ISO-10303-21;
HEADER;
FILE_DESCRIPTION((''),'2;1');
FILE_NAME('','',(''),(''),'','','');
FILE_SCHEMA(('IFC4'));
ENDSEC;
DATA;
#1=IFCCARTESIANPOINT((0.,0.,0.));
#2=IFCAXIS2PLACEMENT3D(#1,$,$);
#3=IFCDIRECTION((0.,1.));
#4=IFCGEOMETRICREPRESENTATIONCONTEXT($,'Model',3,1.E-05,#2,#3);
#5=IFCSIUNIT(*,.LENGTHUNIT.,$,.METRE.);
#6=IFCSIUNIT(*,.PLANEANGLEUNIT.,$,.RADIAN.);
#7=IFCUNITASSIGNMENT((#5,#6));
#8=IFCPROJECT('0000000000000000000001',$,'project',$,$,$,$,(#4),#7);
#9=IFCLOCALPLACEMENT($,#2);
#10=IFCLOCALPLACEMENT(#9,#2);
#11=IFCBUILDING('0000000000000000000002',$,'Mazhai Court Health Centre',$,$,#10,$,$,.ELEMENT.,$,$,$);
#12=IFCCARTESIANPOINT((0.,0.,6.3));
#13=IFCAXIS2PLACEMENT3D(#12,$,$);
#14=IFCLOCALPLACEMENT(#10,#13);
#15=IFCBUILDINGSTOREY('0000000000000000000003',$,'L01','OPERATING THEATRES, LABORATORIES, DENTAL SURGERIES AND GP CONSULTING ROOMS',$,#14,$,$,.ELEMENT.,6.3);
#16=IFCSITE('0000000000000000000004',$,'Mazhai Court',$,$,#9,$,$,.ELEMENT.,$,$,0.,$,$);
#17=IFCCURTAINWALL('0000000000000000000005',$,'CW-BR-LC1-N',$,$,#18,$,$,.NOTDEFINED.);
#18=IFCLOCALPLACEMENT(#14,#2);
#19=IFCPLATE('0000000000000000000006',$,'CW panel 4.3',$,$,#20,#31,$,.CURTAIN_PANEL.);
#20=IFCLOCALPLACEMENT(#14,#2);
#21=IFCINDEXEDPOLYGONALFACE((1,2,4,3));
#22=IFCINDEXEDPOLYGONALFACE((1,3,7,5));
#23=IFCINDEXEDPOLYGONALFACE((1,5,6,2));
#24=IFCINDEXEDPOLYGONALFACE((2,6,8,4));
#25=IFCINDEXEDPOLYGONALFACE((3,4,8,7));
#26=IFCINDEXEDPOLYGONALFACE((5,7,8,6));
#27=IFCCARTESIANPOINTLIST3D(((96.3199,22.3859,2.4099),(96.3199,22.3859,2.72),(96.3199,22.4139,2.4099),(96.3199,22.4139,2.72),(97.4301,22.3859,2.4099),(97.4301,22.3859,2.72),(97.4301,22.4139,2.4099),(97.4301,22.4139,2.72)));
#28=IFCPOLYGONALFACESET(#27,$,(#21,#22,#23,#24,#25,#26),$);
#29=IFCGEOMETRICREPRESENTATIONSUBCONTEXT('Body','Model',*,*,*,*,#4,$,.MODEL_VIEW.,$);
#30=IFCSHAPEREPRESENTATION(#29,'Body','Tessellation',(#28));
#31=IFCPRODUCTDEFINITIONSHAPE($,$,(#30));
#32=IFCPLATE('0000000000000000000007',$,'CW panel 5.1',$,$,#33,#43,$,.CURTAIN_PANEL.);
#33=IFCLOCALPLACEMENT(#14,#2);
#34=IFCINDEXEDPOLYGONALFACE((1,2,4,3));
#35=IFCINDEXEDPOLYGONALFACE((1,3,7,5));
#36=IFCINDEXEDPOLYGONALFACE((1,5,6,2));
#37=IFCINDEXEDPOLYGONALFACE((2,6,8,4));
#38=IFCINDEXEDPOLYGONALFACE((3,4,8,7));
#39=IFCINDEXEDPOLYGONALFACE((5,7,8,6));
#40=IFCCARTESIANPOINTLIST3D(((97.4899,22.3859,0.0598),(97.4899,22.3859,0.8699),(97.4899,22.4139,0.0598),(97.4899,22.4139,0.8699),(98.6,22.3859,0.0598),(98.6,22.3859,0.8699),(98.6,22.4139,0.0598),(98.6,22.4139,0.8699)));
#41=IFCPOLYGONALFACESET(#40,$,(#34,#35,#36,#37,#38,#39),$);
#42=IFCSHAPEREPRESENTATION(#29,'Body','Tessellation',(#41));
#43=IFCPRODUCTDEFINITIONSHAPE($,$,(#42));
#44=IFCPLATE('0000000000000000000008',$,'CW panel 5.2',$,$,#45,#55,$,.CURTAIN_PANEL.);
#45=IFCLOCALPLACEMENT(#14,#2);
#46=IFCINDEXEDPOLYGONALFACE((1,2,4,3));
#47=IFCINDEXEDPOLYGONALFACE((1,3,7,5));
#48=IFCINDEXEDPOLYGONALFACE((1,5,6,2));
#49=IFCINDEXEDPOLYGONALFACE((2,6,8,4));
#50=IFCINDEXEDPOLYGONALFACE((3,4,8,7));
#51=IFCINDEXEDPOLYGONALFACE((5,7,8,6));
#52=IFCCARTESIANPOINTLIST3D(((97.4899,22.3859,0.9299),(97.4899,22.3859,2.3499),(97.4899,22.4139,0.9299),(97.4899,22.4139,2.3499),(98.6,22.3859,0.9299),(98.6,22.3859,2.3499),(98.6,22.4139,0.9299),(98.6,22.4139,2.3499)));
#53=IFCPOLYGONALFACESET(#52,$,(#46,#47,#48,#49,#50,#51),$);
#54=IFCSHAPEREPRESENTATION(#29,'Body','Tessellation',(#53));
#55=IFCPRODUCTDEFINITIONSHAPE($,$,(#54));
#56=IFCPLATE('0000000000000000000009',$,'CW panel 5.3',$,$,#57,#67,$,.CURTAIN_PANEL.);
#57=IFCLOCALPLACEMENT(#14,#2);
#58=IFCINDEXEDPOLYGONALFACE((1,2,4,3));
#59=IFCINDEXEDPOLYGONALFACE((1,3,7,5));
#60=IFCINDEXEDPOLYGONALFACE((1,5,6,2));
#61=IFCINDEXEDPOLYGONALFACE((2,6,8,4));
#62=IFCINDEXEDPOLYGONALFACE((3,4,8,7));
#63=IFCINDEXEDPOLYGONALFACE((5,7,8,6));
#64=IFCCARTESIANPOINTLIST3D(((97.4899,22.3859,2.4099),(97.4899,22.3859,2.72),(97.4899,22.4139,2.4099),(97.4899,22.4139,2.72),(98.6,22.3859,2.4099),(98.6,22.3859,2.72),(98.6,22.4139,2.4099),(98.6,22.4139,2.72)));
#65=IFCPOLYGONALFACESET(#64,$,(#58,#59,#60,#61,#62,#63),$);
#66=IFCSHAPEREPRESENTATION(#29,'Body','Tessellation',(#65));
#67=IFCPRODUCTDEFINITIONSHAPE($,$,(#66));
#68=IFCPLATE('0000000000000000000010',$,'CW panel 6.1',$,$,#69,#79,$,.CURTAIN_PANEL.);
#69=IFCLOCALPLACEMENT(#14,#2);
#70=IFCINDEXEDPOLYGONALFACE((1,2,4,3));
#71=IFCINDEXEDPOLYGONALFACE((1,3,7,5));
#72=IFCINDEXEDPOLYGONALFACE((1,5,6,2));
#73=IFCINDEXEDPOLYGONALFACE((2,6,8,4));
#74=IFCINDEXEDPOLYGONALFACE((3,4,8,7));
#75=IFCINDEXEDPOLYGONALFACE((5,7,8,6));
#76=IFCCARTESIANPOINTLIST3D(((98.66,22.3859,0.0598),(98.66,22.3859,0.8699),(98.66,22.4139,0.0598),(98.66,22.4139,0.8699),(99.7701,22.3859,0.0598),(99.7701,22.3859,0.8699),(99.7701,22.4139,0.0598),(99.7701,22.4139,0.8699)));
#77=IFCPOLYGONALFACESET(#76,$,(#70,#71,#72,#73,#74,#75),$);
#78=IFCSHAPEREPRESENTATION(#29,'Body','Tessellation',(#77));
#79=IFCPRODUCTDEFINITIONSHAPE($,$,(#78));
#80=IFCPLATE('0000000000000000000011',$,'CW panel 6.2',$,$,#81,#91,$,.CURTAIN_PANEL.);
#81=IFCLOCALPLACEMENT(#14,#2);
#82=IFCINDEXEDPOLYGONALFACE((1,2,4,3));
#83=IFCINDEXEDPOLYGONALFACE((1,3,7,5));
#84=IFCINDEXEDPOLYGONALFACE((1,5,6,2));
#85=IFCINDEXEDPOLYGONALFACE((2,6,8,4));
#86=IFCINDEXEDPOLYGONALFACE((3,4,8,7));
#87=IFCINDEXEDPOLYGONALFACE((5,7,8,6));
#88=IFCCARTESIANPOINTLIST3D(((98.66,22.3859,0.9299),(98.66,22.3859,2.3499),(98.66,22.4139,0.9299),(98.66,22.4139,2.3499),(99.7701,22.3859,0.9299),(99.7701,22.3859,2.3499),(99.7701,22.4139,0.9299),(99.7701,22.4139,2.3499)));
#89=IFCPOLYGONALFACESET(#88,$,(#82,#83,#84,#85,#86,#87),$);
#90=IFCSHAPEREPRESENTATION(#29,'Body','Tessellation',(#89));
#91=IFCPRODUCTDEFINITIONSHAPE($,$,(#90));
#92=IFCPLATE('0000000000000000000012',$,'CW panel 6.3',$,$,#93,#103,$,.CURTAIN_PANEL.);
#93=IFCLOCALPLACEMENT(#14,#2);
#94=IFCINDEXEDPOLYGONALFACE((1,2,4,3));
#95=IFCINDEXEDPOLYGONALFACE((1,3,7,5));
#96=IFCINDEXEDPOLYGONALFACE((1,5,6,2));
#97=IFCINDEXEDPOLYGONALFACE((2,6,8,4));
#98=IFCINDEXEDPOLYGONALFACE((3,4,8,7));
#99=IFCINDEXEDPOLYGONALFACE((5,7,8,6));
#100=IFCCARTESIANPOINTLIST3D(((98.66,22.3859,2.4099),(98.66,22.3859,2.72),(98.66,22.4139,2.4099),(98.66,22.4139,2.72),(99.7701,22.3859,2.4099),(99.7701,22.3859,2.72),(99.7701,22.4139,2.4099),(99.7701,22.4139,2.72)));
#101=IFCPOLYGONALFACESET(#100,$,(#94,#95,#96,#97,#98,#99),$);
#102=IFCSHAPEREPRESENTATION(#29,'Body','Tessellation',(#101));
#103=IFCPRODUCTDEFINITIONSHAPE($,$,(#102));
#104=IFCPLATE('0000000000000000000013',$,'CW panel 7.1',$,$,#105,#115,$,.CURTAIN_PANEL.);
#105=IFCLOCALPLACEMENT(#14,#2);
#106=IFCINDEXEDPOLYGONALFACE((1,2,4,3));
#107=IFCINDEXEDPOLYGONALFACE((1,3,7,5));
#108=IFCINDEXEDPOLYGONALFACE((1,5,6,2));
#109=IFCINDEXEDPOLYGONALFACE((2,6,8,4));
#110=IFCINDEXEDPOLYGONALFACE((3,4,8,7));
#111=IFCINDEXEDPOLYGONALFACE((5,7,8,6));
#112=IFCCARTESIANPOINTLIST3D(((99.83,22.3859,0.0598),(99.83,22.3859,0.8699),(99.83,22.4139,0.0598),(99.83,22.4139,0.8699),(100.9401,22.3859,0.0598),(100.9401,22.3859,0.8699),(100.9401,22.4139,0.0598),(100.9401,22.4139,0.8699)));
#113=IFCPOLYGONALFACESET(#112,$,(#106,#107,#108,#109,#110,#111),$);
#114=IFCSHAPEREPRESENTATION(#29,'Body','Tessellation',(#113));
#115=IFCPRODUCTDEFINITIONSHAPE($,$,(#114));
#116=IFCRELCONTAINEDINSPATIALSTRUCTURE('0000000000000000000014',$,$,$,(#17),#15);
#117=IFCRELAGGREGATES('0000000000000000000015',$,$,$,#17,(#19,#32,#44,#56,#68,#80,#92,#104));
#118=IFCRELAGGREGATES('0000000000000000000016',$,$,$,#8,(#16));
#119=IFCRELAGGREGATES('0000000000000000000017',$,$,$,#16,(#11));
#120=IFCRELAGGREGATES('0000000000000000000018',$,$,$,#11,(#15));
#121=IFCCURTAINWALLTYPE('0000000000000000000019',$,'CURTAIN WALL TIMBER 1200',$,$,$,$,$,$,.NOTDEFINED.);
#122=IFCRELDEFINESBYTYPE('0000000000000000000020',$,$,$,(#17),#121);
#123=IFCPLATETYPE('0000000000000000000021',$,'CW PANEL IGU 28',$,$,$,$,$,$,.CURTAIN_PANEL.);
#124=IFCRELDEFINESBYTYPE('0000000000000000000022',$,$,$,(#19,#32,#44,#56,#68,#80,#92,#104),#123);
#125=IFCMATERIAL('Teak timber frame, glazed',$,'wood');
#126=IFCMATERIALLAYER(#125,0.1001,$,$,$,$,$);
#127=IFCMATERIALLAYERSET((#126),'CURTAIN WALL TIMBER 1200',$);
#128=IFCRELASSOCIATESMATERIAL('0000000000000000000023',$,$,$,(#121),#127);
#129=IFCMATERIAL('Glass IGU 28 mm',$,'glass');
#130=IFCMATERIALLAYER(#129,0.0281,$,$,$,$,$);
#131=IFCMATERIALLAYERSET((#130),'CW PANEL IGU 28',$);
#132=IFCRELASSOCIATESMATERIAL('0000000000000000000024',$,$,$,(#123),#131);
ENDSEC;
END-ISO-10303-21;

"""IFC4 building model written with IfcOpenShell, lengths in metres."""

from ifc_helpers import new_model, si_unit, direction, frame, origin, origin_2d, place, context, subcontext, project, spatial, rectangle, extrude, material, layer, layer_set, type_object, element, aggregate, save


model = new_model("IFC4")

# Units and contexts
model_context = context("Model", 3, precision=1e-05, world=origin(), true_north=direction((0.0, 1.0)))
body_context = subcontext(model_context, "Body", "Model", "MODEL_VIEW")
ifc_project = project(units=[si_unit("LENGTHUNIT", "METRE"), si_unit("PLANEANGLEUNIT", "RADIAN")], contexts=[model_context])

# Site, building, storey
site_placement = place(None, origin())
site = spatial("IfcSite", under=ifc_project, at=site_placement, Name="Mazhai Court", CompositionType="ELEMENT", RefElevation=0.0)
building_placement = place(site_placement, origin())
building = spatial("IfcBuilding", under=site, at=building_placement, Name="Mazhai Court Health Centre", CompositionType="ELEMENT")
storey_placement = place(building_placement, frame((0.0, 0.0, 6.3)))
storey = spatial("IfcBuildingStorey", under=building, at=storey_placement, Name="L01", Description="OPERATING THEATRES, LABORATORIES, DENTAL SURGERIES AND GP CONSULTING ROOMS", CompositionType="ELEMENT", Elevation=6.3)

# Curtain wall, plates
ifc_material_1 = material(Name="Teak timber frame, glazed", Category="wood")
ifc_layer_1 = layer(ifc_material_1, 0.1001)
ifc_layer_set_1 = layer_set([ifc_layer_1], Name="CURTAIN WALL TIMBER 1200")
curtain_wall_type = type_object("IfcCurtainWallType", Name="CURTAIN WALL TIMBER 1200", PredefinedType="NOTDEFINED", material=ifc_layer_set_1)
curtain_wall_placement = place(storey_placement, origin())
curtain_wall = element("IfcCurtainWall", 1, at=curtain_wall_placement, inside=storey, type_object=curtain_wall_type, Name="CW-BR-LC1-N", PredefinedType="NOTDEFINED")
ifc_material_2 = material(Name="Glass IGU 28 mm", Category="glass")
ifc_layer_2 = layer(ifc_material_2, 0.0281)
ifc_layer_set_2 = layer_set([ifc_layer_2], Name="CW PANEL IGU 28")
plate_type = type_object("IfcPlateType", Name="CW PANEL IGU 28", PredefinedType="CURTAIN_PANEL", material=ifc_layer_set_2)
plate_1_placement = place(storey_placement, frame((96.875, 22.3999, 2.4099), z_axis=(0.0, 0.0, 1.0), x_axis=(1.0, 0.0, 0.0)))
plate_1 = element("IfcPlate", 2, at=plate_1_placement, type_object=plate_type, Name="CW panel 4.3", PredefinedType="CURTAIN_PANEL", context=body_context, shape_type="SweptSolid", body=[
    extrude(rectangle(XDim=1.1101, YDim=0.0281, at=origin_2d()), origin(), (0.0, 0.0, 1.0), 0.3101),
])
plate_2_placement = place(storey_placement, frame((98.0449, 22.3999, 0.0598), z_axis=(0.0, 0.0, 1.0), x_axis=(1.0, 0.0, 0.0)))
plate_2 = element("IfcPlate", 3, at=plate_2_placement, type_object=plate_type, Name="CW panel 5.1", PredefinedType="CURTAIN_PANEL", context=body_context, shape_type="SweptSolid", body=[
    extrude(rectangle(XDim=1.1101, YDim=0.0281, at=origin_2d()), origin(), (0.0, 0.0, 1.0), 0.8101),
])
plate_3_placement = place(storey_placement, frame((98.0449, 22.3999, 0.9299), z_axis=(0.0, 0.0, 1.0), x_axis=(1.0, 0.0, 0.0)))
plate_3 = element("IfcPlate", 4, at=plate_3_placement, type_object=plate_type, Name="CW panel 5.2", PredefinedType="CURTAIN_PANEL", context=body_context, shape_type="SweptSolid", body=[
    extrude(rectangle(XDim=1.1101, YDim=0.0281, at=origin_2d()), origin(), (0.0, 0.0, 1.0), 1.4199),
])
plate_4_placement = place(storey_placement, frame((98.0449, 22.3999, 2.4099), z_axis=(0.0, 0.0, 1.0), x_axis=(1.0, 0.0, 0.0)))
plate_4 = element("IfcPlate", 5, at=plate_4_placement, type_object=plate_type, Name="CW panel 5.3", PredefinedType="CURTAIN_PANEL", context=body_context, shape_type="SweptSolid", body=[
    extrude(rectangle(XDim=1.1101, YDim=0.0281, at=origin_2d()), origin(), (0.0, 0.0, 1.0), 0.3101),
])
plate_5_placement = place(storey_placement, frame((99.2151, 22.3999, 0.0598), z_axis=(0.0, 0.0, 1.0), x_axis=(1.0, 0.0, 0.0)))
plate_5 = element("IfcPlate", 6, at=plate_5_placement, type_object=plate_type, Name="CW panel 6.1", PredefinedType="CURTAIN_PANEL", context=body_context, shape_type="SweptSolid", body=[
    extrude(rectangle(XDim=1.1101, YDim=0.0281, at=origin_2d()), origin(), (0.0, 0.0, 1.0), 0.8101),
])
plate_6_placement = place(storey_placement, frame((99.2151, 22.3999, 0.9299), z_axis=(0.0, 0.0, 1.0), x_axis=(1.0, 0.0, 0.0)))
plate_6 = element("IfcPlate", 7, at=plate_6_placement, type_object=plate_type, Name="CW panel 6.2", PredefinedType="CURTAIN_PANEL", context=body_context, shape_type="SweptSolid", body=[
    extrude(rectangle(XDim=1.1101, YDim=0.0281, at=origin_2d()), origin(), (0.0, 0.0, 1.0), 1.4199),
])
plate_7_placement = place(storey_placement, frame((99.2151, 22.3999, 2.4099), z_axis=(0.0, 0.0, 1.0), x_axis=(1.0, 0.0, 0.0)))
plate_7 = element("IfcPlate", 8, at=plate_7_placement, type_object=plate_type, Name="CW panel 6.3", PredefinedType="CURTAIN_PANEL", context=body_context, shape_type="SweptSolid", body=[
    extrude(rectangle(XDim=1.1101, YDim=0.0281, at=origin_2d()), origin(), (0.0, 0.0, 1.0), 0.3101),
])
plate_8_placement = place(storey_placement, frame((100.385, 22.3999, 0.0598), z_axis=(0.0, 0.0, 1.0), x_axis=(1.0, 0.0, 0.0)))
plate_8 = element("IfcPlate", 9, at=plate_8_placement, type_object=plate_type, Name="CW panel 7.1", PredefinedType="CURTAIN_PANEL", context=body_context, shape_type="SweptSolid", body=[
    extrude(rectangle(XDim=1.1101, YDim=0.0281, at=origin_2d()), origin(), (0.0, 0.0, 1.0), 0.8101),
])
aggregate(curtain_wall, [plate_1, plate_2, plate_3, plate_4, plate_5, plate_6, plate_7, plate_8])

save(model, "model.ifc")
